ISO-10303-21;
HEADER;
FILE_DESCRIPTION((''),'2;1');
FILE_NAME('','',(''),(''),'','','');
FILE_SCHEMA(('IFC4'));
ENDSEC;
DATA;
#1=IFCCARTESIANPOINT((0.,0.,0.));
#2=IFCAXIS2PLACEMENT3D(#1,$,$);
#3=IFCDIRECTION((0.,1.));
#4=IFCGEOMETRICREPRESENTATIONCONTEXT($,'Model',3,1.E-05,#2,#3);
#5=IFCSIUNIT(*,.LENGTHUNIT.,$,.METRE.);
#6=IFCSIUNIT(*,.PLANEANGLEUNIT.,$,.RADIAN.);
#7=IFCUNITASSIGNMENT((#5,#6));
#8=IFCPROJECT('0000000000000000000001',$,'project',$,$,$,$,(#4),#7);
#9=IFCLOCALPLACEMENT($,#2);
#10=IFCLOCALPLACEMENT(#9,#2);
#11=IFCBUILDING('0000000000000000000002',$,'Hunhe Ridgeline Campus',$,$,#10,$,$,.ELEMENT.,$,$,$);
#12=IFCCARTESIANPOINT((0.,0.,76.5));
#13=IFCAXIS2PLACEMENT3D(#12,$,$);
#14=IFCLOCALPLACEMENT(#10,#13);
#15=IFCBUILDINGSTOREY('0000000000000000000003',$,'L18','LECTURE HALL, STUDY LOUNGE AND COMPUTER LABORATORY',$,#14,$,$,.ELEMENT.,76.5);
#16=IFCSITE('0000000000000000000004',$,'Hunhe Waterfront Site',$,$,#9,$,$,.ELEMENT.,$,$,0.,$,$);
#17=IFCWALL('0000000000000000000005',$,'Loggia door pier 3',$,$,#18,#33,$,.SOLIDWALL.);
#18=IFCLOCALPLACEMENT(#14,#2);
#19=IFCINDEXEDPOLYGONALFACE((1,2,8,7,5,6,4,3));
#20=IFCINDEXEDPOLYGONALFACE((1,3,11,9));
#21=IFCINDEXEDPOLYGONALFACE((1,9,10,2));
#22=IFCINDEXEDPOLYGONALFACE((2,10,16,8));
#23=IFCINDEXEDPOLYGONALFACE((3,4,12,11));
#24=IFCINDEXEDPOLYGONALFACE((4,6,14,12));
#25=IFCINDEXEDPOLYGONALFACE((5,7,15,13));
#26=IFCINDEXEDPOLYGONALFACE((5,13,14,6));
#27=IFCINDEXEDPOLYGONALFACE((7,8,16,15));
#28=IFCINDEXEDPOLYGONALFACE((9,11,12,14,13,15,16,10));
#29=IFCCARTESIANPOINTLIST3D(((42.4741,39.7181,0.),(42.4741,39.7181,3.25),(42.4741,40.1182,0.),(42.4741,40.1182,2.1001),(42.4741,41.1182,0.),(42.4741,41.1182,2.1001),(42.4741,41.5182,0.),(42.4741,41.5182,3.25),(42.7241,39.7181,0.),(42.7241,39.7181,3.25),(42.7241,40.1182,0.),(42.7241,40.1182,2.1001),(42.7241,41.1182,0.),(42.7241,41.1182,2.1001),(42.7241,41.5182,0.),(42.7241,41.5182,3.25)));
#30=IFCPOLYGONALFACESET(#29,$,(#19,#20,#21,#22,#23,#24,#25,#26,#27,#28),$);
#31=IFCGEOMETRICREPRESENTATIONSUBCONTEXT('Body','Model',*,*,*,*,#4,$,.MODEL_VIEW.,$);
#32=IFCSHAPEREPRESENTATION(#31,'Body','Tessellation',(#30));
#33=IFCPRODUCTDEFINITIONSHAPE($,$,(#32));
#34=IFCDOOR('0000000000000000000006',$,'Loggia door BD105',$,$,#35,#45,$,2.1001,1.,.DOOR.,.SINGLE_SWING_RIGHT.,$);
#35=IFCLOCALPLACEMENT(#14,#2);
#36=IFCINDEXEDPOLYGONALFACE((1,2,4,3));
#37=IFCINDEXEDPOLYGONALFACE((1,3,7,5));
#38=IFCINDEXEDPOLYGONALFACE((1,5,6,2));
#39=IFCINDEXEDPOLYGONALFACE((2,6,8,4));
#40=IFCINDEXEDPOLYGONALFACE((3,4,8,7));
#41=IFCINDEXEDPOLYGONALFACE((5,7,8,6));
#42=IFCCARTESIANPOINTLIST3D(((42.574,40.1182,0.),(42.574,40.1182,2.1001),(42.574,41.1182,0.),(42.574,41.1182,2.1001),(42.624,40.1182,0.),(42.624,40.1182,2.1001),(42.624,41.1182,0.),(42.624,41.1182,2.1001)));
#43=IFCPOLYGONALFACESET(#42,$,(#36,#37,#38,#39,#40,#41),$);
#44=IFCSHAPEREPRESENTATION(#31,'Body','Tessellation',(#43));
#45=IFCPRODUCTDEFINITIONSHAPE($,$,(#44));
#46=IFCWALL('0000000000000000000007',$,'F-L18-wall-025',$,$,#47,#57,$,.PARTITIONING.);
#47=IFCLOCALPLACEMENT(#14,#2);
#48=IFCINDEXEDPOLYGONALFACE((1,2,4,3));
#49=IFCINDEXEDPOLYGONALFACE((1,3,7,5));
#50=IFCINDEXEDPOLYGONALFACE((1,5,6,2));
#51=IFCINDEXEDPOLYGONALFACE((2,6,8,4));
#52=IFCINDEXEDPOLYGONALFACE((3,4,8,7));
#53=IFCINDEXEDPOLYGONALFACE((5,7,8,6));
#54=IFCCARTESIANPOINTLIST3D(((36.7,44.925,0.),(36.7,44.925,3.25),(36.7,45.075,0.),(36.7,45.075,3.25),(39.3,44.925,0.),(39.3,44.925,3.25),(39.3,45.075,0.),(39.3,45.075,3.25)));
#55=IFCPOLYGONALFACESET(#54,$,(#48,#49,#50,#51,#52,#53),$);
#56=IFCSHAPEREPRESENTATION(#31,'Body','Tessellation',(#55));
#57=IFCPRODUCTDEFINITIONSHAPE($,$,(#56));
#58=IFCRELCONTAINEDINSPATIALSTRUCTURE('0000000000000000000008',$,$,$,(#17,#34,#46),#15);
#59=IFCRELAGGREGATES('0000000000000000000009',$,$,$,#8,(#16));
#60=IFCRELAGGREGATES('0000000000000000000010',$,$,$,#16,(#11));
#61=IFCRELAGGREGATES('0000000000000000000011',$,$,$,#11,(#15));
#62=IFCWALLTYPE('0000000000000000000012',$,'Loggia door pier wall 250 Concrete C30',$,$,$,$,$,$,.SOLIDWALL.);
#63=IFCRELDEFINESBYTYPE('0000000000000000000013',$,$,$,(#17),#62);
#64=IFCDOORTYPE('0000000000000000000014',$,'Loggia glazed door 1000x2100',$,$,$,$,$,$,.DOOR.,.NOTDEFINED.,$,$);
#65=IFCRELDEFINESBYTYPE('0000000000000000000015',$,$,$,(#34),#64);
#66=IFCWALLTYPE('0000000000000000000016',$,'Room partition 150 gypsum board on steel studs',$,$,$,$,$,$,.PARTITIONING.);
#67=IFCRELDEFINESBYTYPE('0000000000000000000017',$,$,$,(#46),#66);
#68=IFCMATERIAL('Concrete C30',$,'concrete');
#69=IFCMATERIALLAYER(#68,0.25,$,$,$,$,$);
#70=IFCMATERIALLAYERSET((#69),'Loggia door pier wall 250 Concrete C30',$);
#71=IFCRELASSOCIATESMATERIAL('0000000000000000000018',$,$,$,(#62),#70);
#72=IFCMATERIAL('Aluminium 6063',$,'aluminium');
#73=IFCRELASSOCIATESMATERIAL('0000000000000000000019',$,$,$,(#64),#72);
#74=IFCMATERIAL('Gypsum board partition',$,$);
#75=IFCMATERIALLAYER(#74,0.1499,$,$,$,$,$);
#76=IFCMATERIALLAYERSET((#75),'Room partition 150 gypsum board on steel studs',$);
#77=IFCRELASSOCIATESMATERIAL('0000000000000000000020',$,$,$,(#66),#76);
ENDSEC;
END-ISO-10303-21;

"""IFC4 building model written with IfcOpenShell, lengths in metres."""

from ifc_helpers import new_model, si_unit, direction, frame, frame_2d, origin, place, context, subcontext, project, spatial, rectangle, extrude, material, layer, layer_set, type_object, element, fill, save


model = new_model("IFC4")

# Units and contexts
model_context = context("Model", 3, precision=1e-05, world=origin(), true_north=direction((0.0, 1.0)))
body_context = subcontext(model_context, "Body", "Model", "MODEL_VIEW")
ifc_project = project(units=[si_unit("LENGTHUNIT", "METRE"), si_unit("PLANEANGLEUNIT", "RADIAN")], contexts=[model_context])

# Site, building, storey
site_placement = place(None, origin())
site = spatial("IfcSite", under=ifc_project, at=site_placement, Name="Hunhe Waterfront Site", CompositionType="ELEMENT", RefElevation=0.0)
building_placement = place(site_placement, origin())
building = spatial("IfcBuilding", under=site, at=building_placement, Name="Hunhe Ridgeline Campus", CompositionType="ELEMENT")
storey_placement = place(building_placement, frame((0.0, 0.0, 76.5)))
storey = spatial("IfcBuildingStorey", under=building, at=storey_placement, Name="L18", Description="LECTURE HALL, STUDY LOUNGE AND COMPUTER LABORATORY", CompositionType="ELEMENT", Elevation=76.5)

# Shared definitions
ifc_material_1 = material(Name="Aluminium 6063", Category="aluminium")

# Shared definitions
ifc_material_2 = material(Name="Concrete C30", Category="concrete")
ifc_material_3 = material(Name="Gypsum board partition")

# Wall, opening, door
ifc_layer_1 = layer(ifc_material_2, 0.25)
ifc_layer_set_1 = layer_set([ifc_layer_1], Name="Loggia door pier wall 250 Concrete C30")
wall_type_1 = type_object("IfcWallType", Name="Loggia door pier wall 250 Concrete C30", PredefinedType="SOLIDWALL", material=ifc_layer_set_1)
wall_1_placement = place(storey_placement, frame((42.5991, 39.7183, 0.0), z_axis=(0.0, 0.0, 1.0), x_axis=(0.0, 1.0, 0.0)))
wall_1 = element("IfcWall", 1, at=wall_1_placement, inside=storey, type_object=wall_type_1, Name="Loggia door pier 3", PredefinedType="SOLIDWALL", context=body_context, shape_type="SweptSolid", body=[
    extrude(rectangle(XDim=1.8, YDim=0.25, at=frame_2d((0.8999, 0.0))), origin(), (0.0, 0.0, 1.0), 3.25),
])
opening_placement = place(wall_1_placement, frame((0.3999, 0.0, 0.0)))
opening = element("IfcOpeningElement", 2, at=opening_placement, cuts=wall_1, PredefinedType="OPENING", context=body_context, shape_type="SweptSolid", body=[
    extrude(rectangle(XDim=1.0, YDim=2.1001, at=frame_2d((0.5, 1.05))), frame((0.0, 0.125, 0.0), z_axis=(0.0, -1.0, 0.0), x_axis=(1.0, 0.0, 0.0)), (0.0, 0.0, 1.0), 0.25),
])
door_type = type_object("IfcDoorType", Name="Loggia glazed door 1000x2100", OperationType="NOTDEFINED", PredefinedType="DOOR", material=ifc_material_1)
door_placement = place(opening_placement, frame((1.0, 0.0, 0.0), z_axis=(0.0, 0.0, 1.0), x_axis=(-1.0, 0.0, 0.0)))
door = element("IfcDoor", 3, at=door_placement, inside=storey, type_object=door_type, Name="Loggia door BD105", OperationType="SINGLE_SWING_RIGHT", OverallHeight=2.1001, OverallWidth=1.0, PredefinedType="DOOR", context=body_context, shape_type="SweptSolid", body=[
    extrude(rectangle(XDim=1.0, YDim=2.1001, at=frame_2d((0.5, 1.05))), frame((0.0, 0.0249, 0.0), z_axis=(0.0, -1.0, 0.0), x_axis=(1.0, 0.0, 0.0)), (0.0, 0.0, 1.0), 0.05),
])
fill(opening, door)

# Wall
ifc_layer_2 = layer(ifc_material_3, 0.1499)
ifc_layer_set_2 = layer_set([ifc_layer_2], Name="Room partition 150 gypsum board on steel studs")
wall_type_2 = type_object("IfcWallType", Name="Room partition 150 gypsum board on steel studs", PredefinedType="PARTITIONING", material=ifc_layer_set_2)
wall_2_placement = place(storey_placement, frame((36.7, 45.0, 0.0), z_axis=(0.0, 0.0, 1.0), x_axis=(1.0, 0.0, 0.0)))
element("IfcWall", 4, at=wall_2_placement, inside=storey, type_object=wall_type_2, Name="F-L18-wall-025", PredefinedType="PARTITIONING", context=body_context, shape_type="SweptSolid", body=[
    extrude(rectangle(XDim=2.6001, YDim=0.1499, at=frame_2d((1.3, 0.0))), origin(), (0.0, 0.0, 1.0), 3.25),
])

save(model, "model.ifc")
